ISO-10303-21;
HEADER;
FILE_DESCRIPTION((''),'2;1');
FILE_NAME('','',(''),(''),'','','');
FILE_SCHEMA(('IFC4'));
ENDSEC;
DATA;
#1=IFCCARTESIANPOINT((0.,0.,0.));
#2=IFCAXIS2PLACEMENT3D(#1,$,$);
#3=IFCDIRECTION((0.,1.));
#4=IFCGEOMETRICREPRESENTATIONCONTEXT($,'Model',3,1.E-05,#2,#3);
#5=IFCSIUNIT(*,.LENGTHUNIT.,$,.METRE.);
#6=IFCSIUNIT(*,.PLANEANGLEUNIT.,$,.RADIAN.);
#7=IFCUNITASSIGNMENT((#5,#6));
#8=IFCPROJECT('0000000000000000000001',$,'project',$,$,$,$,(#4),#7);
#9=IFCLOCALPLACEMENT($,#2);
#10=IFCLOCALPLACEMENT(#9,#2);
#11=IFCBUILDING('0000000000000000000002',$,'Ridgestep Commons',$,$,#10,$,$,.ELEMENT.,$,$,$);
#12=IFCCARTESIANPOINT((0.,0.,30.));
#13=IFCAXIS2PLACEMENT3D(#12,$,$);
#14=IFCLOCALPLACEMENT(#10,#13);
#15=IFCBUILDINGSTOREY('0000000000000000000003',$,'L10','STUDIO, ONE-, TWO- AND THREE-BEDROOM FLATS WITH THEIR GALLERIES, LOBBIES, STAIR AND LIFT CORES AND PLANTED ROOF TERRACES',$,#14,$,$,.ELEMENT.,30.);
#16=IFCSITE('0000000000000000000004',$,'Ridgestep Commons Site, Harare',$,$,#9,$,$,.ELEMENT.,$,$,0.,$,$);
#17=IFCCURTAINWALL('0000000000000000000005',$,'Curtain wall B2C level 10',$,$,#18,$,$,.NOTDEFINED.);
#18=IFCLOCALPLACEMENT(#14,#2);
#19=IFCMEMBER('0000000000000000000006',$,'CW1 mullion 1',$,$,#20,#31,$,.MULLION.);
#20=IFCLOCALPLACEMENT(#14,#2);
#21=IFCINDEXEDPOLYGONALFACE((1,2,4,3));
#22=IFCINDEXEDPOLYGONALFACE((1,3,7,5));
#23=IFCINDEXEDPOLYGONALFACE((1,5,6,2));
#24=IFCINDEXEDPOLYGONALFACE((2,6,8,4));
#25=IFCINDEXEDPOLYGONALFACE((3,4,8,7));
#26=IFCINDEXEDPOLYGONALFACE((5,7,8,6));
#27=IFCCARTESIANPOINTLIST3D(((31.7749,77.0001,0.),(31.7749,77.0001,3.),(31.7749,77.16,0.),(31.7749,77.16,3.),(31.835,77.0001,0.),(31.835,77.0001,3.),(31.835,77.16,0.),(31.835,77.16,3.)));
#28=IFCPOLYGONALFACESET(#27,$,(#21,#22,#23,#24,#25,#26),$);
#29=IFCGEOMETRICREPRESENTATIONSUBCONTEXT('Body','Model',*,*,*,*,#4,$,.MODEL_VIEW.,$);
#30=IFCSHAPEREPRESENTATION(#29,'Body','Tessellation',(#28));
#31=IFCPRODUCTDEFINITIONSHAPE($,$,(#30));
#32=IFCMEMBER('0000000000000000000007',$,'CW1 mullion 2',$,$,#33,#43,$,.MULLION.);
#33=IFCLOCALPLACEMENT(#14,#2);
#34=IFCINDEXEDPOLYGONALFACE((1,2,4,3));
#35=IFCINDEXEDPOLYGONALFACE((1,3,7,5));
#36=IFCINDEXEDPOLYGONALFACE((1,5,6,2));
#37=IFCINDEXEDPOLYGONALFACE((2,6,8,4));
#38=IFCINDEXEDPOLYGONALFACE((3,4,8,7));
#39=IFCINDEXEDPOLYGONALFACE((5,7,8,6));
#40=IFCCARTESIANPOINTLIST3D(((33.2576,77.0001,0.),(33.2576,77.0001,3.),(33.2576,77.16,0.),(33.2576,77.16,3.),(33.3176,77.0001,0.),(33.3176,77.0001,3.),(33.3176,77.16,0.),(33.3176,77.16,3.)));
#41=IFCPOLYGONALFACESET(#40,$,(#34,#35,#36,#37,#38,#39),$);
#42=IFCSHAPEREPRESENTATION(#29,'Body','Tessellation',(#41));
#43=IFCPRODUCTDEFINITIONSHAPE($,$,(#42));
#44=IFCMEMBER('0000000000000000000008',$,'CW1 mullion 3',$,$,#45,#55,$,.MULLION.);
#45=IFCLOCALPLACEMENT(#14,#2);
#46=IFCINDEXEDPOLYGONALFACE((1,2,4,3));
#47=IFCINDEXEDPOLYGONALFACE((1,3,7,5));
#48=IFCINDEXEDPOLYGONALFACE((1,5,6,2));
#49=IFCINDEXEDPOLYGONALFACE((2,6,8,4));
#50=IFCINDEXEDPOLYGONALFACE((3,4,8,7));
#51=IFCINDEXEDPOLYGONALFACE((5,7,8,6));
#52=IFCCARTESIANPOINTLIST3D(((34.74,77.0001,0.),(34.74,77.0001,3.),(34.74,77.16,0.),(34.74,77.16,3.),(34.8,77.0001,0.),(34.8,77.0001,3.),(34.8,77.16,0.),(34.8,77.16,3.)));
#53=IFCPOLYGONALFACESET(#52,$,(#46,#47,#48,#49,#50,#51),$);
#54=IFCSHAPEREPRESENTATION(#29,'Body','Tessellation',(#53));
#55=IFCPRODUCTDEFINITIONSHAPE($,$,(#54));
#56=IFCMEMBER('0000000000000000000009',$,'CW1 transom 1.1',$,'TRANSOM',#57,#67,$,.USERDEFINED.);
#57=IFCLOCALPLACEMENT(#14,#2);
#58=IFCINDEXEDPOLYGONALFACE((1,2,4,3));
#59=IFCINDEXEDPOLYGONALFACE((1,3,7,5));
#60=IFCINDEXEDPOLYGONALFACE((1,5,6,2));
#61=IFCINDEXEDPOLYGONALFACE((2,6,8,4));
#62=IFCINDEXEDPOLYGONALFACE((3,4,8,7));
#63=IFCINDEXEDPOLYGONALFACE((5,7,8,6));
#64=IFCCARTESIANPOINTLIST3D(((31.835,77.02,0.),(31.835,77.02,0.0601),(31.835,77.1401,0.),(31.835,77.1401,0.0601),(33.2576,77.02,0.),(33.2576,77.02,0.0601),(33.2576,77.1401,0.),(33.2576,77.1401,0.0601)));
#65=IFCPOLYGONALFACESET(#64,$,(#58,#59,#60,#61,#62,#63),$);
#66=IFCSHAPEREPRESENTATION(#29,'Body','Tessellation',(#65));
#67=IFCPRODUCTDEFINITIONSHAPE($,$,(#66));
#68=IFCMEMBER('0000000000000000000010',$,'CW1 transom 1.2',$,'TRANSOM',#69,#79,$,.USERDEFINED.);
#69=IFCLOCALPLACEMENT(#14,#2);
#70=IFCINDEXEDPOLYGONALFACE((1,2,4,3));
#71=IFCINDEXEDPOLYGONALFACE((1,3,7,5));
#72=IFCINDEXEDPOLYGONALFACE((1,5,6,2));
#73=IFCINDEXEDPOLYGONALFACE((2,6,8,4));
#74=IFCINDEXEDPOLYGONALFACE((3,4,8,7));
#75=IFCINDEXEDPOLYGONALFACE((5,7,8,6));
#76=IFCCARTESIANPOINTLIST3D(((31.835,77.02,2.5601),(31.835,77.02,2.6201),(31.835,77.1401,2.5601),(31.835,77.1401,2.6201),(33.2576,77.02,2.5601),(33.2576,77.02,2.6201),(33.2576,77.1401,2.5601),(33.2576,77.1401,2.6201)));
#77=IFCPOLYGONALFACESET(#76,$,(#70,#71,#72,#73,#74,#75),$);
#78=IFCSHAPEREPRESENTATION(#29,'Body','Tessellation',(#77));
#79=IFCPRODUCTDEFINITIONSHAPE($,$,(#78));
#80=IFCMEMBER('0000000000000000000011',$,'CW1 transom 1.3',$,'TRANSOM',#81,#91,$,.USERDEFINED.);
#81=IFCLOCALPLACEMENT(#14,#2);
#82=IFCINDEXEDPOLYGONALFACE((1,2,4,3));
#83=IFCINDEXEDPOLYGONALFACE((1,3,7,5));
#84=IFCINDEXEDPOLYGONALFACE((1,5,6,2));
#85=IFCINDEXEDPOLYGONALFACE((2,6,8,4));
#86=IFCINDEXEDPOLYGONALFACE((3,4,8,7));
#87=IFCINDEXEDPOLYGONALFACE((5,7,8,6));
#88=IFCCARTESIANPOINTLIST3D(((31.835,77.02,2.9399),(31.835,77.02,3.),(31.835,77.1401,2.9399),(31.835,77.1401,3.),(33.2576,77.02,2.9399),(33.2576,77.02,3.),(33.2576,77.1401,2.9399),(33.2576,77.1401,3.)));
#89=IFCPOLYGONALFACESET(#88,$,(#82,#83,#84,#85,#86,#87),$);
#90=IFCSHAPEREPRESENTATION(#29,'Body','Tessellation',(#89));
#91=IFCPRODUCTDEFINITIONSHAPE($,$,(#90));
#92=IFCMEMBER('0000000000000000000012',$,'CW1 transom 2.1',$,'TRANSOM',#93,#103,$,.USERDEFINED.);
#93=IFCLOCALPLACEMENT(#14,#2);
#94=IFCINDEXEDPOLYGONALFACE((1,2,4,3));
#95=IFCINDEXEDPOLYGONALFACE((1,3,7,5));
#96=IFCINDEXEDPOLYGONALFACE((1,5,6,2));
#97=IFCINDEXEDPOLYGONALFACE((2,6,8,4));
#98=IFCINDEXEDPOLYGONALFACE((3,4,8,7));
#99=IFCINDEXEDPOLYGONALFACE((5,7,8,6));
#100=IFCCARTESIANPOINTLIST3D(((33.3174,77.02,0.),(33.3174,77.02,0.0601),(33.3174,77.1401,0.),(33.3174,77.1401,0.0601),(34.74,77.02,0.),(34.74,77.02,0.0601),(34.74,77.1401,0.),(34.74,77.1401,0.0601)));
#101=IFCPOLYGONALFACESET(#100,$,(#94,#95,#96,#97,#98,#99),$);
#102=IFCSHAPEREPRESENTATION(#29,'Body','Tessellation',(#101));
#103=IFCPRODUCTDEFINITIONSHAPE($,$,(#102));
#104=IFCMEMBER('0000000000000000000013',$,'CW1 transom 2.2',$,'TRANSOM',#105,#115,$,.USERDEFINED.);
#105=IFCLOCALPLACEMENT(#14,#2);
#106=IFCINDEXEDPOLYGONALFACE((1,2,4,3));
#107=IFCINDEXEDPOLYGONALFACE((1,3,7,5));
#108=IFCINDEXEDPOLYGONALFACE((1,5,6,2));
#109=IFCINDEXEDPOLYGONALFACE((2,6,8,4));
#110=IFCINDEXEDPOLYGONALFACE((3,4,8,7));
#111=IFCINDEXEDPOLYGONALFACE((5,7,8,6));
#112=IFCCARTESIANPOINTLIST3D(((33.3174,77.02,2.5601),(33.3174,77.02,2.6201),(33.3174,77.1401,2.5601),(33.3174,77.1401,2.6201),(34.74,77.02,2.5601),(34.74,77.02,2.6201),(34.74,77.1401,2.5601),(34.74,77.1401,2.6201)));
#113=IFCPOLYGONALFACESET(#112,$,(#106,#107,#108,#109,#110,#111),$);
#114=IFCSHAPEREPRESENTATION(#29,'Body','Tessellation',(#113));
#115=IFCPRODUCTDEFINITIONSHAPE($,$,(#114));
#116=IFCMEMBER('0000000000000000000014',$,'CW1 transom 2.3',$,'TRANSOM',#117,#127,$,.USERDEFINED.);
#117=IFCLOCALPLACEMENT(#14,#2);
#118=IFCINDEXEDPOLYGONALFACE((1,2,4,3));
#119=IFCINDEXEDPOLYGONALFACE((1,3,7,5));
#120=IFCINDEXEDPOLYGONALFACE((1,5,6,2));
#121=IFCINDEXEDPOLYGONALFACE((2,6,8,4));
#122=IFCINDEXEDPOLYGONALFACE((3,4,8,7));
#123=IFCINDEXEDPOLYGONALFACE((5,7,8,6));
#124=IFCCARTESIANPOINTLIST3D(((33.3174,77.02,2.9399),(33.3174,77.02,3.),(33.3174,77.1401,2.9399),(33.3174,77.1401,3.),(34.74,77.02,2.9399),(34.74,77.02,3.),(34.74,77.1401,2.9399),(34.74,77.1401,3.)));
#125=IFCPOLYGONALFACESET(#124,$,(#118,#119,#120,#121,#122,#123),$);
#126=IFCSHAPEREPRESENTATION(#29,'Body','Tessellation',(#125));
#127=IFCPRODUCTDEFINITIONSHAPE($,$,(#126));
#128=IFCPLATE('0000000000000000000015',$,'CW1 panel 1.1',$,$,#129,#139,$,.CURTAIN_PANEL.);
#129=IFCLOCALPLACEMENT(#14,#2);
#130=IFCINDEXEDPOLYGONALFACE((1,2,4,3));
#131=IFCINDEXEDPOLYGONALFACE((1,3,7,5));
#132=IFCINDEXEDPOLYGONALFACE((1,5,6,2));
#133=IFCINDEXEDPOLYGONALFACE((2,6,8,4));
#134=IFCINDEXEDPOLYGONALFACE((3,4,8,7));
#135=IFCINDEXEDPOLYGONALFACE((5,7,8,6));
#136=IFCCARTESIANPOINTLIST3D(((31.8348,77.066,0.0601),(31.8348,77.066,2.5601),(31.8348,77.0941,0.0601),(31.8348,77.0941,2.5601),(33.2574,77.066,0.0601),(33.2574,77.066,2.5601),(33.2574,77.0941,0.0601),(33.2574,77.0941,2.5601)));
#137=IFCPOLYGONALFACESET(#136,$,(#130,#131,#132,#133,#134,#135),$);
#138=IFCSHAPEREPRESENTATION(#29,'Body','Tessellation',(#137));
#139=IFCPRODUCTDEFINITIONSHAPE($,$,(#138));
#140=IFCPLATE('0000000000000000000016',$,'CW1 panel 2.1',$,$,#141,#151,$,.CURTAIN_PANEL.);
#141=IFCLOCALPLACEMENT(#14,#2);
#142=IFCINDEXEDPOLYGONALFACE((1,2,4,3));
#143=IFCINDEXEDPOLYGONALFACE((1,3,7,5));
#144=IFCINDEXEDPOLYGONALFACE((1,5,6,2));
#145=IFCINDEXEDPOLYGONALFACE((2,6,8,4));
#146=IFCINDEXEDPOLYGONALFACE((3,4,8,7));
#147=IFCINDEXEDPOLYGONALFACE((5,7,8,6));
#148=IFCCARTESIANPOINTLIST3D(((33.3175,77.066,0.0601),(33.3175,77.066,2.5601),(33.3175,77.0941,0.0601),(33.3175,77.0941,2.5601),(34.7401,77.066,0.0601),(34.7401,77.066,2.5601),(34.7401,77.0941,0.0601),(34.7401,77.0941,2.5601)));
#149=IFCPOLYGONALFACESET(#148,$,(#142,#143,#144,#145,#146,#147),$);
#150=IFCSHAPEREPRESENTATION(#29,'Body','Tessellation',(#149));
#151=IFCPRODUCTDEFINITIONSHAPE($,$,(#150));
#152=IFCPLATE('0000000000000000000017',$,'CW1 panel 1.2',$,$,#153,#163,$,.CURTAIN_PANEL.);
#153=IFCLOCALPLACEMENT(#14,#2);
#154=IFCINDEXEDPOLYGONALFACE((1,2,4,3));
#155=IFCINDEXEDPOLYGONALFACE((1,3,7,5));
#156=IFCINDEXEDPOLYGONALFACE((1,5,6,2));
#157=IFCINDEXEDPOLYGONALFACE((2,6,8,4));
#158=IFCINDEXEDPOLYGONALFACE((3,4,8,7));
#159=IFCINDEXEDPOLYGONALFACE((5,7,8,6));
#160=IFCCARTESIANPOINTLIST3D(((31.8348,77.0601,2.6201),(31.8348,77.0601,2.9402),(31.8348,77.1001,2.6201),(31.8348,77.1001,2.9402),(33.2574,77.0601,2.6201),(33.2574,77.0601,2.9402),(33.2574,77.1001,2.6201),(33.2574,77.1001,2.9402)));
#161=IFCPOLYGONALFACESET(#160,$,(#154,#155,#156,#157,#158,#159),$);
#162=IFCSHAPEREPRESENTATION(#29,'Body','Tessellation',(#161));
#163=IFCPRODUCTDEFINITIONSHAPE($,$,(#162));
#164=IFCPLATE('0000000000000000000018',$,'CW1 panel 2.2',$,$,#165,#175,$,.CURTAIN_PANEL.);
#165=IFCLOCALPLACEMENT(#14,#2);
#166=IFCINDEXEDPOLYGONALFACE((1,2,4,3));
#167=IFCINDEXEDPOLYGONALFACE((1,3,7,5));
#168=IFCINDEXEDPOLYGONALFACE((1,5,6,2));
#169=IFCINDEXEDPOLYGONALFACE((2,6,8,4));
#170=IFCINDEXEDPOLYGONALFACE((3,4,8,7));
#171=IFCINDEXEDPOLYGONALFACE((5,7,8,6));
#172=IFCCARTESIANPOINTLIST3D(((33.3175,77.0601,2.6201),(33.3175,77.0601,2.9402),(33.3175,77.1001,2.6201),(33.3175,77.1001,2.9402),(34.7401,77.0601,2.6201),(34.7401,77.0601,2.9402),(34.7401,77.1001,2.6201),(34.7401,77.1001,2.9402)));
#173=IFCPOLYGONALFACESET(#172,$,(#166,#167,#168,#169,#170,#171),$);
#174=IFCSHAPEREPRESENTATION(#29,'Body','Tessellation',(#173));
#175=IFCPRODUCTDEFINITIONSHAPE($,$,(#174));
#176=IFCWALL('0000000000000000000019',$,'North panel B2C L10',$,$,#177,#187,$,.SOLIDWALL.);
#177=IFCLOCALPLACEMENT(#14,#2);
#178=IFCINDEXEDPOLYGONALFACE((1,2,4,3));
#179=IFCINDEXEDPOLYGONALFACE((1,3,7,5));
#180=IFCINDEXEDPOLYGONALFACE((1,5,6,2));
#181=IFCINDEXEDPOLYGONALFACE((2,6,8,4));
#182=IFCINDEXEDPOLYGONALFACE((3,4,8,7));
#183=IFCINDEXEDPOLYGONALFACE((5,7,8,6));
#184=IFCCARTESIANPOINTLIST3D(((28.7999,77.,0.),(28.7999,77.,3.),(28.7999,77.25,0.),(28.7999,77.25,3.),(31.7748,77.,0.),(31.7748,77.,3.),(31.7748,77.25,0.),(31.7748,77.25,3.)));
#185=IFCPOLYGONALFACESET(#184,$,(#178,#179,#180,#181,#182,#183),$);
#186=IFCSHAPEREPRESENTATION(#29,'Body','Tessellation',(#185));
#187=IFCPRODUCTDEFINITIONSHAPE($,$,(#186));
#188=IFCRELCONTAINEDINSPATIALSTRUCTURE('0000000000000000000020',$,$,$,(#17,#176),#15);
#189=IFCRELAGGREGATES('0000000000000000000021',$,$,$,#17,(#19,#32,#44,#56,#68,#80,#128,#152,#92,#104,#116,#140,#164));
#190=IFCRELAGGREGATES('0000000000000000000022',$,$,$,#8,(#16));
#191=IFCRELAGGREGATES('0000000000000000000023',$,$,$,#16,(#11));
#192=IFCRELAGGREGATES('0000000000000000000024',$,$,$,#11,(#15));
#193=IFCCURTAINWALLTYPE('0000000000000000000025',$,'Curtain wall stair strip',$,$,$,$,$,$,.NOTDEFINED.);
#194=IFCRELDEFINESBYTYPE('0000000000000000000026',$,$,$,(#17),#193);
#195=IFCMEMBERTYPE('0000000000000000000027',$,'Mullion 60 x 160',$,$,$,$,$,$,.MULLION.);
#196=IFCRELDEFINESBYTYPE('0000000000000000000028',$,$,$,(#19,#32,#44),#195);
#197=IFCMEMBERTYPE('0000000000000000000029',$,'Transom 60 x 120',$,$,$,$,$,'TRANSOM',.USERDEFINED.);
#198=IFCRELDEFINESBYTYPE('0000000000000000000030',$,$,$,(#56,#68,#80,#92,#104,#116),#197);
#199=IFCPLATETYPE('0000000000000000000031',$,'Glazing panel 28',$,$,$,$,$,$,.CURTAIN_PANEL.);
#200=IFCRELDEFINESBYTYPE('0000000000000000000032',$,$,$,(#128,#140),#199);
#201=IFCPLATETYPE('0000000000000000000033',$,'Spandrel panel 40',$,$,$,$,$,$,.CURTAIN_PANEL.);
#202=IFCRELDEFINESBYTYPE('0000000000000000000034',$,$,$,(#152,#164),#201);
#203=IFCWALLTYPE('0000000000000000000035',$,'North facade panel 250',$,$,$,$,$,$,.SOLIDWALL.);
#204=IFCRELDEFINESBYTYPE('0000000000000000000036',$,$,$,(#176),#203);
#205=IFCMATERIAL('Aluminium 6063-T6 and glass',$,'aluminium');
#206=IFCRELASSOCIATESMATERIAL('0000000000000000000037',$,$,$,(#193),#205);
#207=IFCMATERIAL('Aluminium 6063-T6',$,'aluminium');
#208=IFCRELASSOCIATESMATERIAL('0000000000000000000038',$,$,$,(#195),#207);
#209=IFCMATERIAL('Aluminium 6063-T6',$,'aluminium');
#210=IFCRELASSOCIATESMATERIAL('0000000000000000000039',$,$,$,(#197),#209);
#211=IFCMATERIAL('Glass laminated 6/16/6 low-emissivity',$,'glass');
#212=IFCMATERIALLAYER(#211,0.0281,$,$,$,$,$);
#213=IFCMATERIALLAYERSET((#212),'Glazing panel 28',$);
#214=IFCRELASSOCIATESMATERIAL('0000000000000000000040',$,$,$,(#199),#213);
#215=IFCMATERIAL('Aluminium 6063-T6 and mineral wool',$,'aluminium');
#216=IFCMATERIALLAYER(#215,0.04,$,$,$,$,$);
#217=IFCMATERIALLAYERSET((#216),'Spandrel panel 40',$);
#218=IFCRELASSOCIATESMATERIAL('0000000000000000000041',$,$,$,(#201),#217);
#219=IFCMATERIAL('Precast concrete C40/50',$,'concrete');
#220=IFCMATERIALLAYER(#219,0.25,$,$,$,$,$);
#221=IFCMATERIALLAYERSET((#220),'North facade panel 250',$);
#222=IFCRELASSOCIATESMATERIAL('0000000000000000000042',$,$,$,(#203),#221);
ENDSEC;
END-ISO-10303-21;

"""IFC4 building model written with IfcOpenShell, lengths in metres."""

from ifc_helpers import new_model, si_unit, direction, frame, frame_2d, origin, origin_2d, place, context, subcontext, project, spatial, rectangle, extrude, material, layer, layer_set, material_profile, profile_set, type_object, element, aggregate, save


model = new_model("IFC4")

# Units and contexts
model_context = context("Model", 3, precision=1e-05, world=origin(), true_north=direction((0.0, 1.0)))
body_context = subcontext(model_context, "Body", "Model", "MODEL_VIEW")
ifc_project = project(units=[si_unit("LENGTHUNIT", "METRE"), si_unit("PLANEANGLEUNIT", "RADIAN")], contexts=[model_context])

# Site, building, storey
site_placement = place(None, origin())
site = spatial("IfcSite", under=ifc_project, at=site_placement, Name="Ridgestep Commons Site, Harare", CompositionType="ELEMENT", RefElevation=0.0)
building_placement = place(site_placement, origin())
building = spatial("IfcBuilding", under=site, at=building_placement, Name="Ridgestep Commons", CompositionType="ELEMENT")
storey_placement = place(building_placement, frame((0.0, 0.0, 30.0)))
storey = spatial("IfcBuildingStorey", under=building, at=storey_placement, Name="L10", Description="STUDIO, ONE-, TWO- AND THREE-BEDROOM FLATS WITH THEIR GALLERIES, LOBBIES, STAIR AND LIFT CORES AND PLANTED ROOF TERRACES", CompositionType="ELEMENT", Elevation=30.0)

# Curtain wall, members, plates
ifc_material_1 = material(Name="Aluminium 6063-T6 and glass", Category="aluminium")
curtain_wall_type = type_object("IfcCurtainWallType", Name="Curtain wall stair strip", PredefinedType="NOTDEFINED", material=ifc_material_1)
curtain_wall_placement = place(storey_placement, origin())
curtain_wall = element("IfcCurtainWall", 1, at=curtain_wall_placement, inside=storey, type_object=curtain_wall_type, Name="Curtain wall B2C level 10", PredefinedType="NOTDEFINED")
ifc_material_2 = material(Name="Aluminium 6063-T6", Category="aluminium")
ifc_material_profile_1 = material_profile(ifc_material_2, rectangle(XDim=0.1599, YDim=0.0601, at=origin_2d()), Name="Mullion 60 x 160")
ifc_profile_set_1 = profile_set([ifc_material_profile_1], Name="Aluminium 6063-T6")
member_type_1 = type_object("IfcMemberType", Name="Mullion 60 x 160", PredefinedType="MULLION", material=ifc_profile_set_1)
member_1_placement = place(storey_placement, frame((31.8049, 77.0801, 0.0), z_axis=(0.0, 0.0, 1.0), x_axis=(0.0, 1.0, 0.0)))
member_1 = element("IfcMember", 2, at=member_1_placement, type_object=member_type_1, Name="CW1 mullion 1", PredefinedType="MULLION", context=body_context, shape_type="SweptSolid", body=[
    extrude(rectangle(XDim=0.1599, YDim=0.0601, at=origin_2d()), origin(), (0.0, 0.0, 1.0), 3.0),
])
member_2_placement = place(storey_placement, frame((33.2876, 77.0801, 0.0), z_axis=(0.0, 0.0, 1.0), x_axis=(0.0, 1.0, 0.0)))
member_2 = element("IfcMember", 3, at=member_2_placement, type_object=member_type_1, Name="CW1 mullion 2", PredefinedType="MULLION", context=body_context, shape_type="SweptSolid", body=[
    extrude(rectangle(XDim=0.1599, YDim=0.0601, at=origin_2d()), origin(), (0.0, 0.0, 1.0), 3.0),
])
member_3_placement = place(storey_placement, frame((34.77, 77.0801, 0.0), z_axis=(0.0, 0.0, 1.0), x_axis=(0.0, 1.0, 0.0)))
member_3 = element("IfcMember", 4, at=member_3_placement, type_object=member_type_1, Name="CW1 mullion 3", PredefinedType="MULLION", context=body_context, shape_type="SweptSolid", body=[
    extrude(rectangle(XDim=0.1599, YDim=0.0601, at=origin_2d()), origin(), (0.0, 0.0, 1.0), 3.0),
])
ifc_material_3 = material(Name="Aluminium 6063-T6", Category="aluminium")
ifc_material_profile_2 = material_profile(ifc_material_3, rectangle(XDim=0.1201, YDim=0.0601, at=origin_2d()), Name="Transom 60 x 120")
ifc_profile_set_2 = profile_set([ifc_material_profile_2], Name="Aluminium 6063-T6")
member_type_2 = type_object("IfcMemberType", Name="Transom 60 x 120", ElementType="TRANSOM", PredefinedType="USERDEFINED", material=ifc_profile_set_2)
member_4_placement = place(storey_placement, frame((31.835, 77.0801, 0.03), z_axis=(1.0, 0.0, 0.0), x_axis=(0.0, 1.0, 0.0)))
member_4 = element("IfcMember", 5, at=member_4_placement, type_object=member_type_2, Name="CW1 transom 1.1", ObjectType="TRANSOM", PredefinedType="USERDEFINED", context=body_context, shape_type="SweptSolid", body=[
    extrude(rectangle(XDim=0.1201, YDim=0.0601, at=origin_2d()), origin(), (0.0, 0.0, 1.0), 1.4226),
])
member_5_placement = place(storey_placement, frame((31.835, 77.0801, 2.5901), z_axis=(1.0, 0.0, 0.0), x_axis=(0.0, 1.0, 0.0)))
member_5 = element("IfcMember", 6, at=member_5_placement, type_object=member_type_2, Name="CW1 transom 1.2", ObjectType="TRANSOM", PredefinedType="USERDEFINED", context=body_context, shape_type="SweptSolid", body=[
    extrude(rectangle(XDim=0.1201, YDim=0.0601, at=origin_2d()), origin(), (0.0, 0.0, 1.0), 1.4226),
])
member_6_placement = place(storey_placement, frame((31.835, 77.0801, 2.97), z_axis=(1.0, 0.0, 0.0), x_axis=(0.0, 1.0, 0.0)))
member_6 = element("IfcMember", 7, at=member_6_placement, type_object=member_type_2, Name="CW1 transom 1.3", ObjectType="TRANSOM", PredefinedType="USERDEFINED", context=body_context, shape_type="SweptSolid", body=[
    extrude(rectangle(XDim=0.1201, YDim=0.0601, at=origin_2d()), origin(), (0.0, 0.0, 1.0), 1.4226),
])
member_7_placement = place(storey_placement, frame((33.3174, 77.0801, 0.03), z_axis=(1.0, 0.0, 0.0), x_axis=(0.0, 1.0, 0.0)))
member_7 = element("IfcMember", 8, at=member_7_placement, type_object=member_type_2, Name="CW1 transom 2.1", ObjectType="TRANSOM", PredefinedType="USERDEFINED", context=body_context, shape_type="SweptSolid", body=[
    extrude(rectangle(XDim=0.1201, YDim=0.0601, at=origin_2d()), origin(), (0.0, 0.0, 1.0), 1.4226),
])
member_8_placement = place(storey_placement, frame((33.3174, 77.0801, 2.5901), z_axis=(1.0, 0.0, 0.0), x_axis=(0.0, 1.0, 0.0)))
member_8 = element("IfcMember", 9, at=member_8_placement, type_object=member_type_2, Name="CW1 transom 2.2", ObjectType="TRANSOM", PredefinedType="USERDEFINED", context=body_context, shape_type="SweptSolid", body=[
    extrude(rectangle(XDim=0.1201, YDim=0.0601, at=origin_2d()), origin(), (0.0, 0.0, 1.0), 1.4226),
])
member_9_placement = place(storey_placement, frame((33.3174, 77.0801, 2.97), z_axis=(1.0, 0.0, 0.0), x_axis=(0.0, 1.0, 0.0)))
member_9 = element("IfcMember", 10, at=member_9_placement, type_object=member_type_2, Name="CW1 transom 2.3", ObjectType="TRANSOM", PredefinedType="USERDEFINED", context=body_context, shape_type="SweptSolid", body=[
    extrude(rectangle(XDim=0.1201, YDim=0.0601, at=origin_2d()), origin(), (0.0, 0.0, 1.0), 1.4226),
])
ifc_material_4 = material(Name="Glass laminated 6/16/6 low-emissivity", Category="glass")
ifc_layer_1 = layer(ifc_material_4, 0.0281)
ifc_layer_set_1 = layer_set([ifc_layer_1], Name="Glazing panel 28")
plate_type_1 = type_object("IfcPlateType", Name="Glazing panel 28", PredefinedType="CURTAIN_PANEL", material=ifc_layer_set_1)
plate_1_placement = place(storey_placement, frame((32.5461, 77.0801, 0.0601), z_axis=(0.0, 0.0, 1.0), x_axis=(1.0, 0.0, 0.0)))
plate_1 = element("IfcPlate", 11, at=plate_1_placement, type_object=plate_type_1, Name="CW1 panel 1.1", PredefinedType="CURTAIN_PANEL", context=body_context, shape_type="SweptSolid", body=[
    extrude(rectangle(XDim=1.4226, YDim=0.0281, at=origin_2d()), origin(), (0.0, 0.0, 1.0), 2.5),
])
plate_2_placement = place(storey_placement, frame((34.0288, 77.0801, 0.0601), z_axis=(0.0, 0.0, 1.0), x_axis=(1.0, 0.0, 0.0)))
plate_2 = element("IfcPlate", 12, at=plate_2_placement, type_object=plate_type_1, Name="CW1 panel 2.1", PredefinedType="CURTAIN_PANEL", context=body_context, shape_type="SweptSolid", body=[
    extrude(rectangle(XDim=1.4226, YDim=0.0281, at=origin_2d()), origin(), (0.0, 0.0, 1.0), 2.5),
])
ifc_material_5 = material(Name="Aluminium 6063-T6 and mineral wool", Category="aluminium")
ifc_layer_2 = layer(ifc_material_5, 0.04)
ifc_layer_set_2 = layer_set([ifc_layer_2], Name="Spandrel panel 40")
plate_type_2 = type_object("IfcPlateType", Name="Spandrel panel 40", PredefinedType="CURTAIN_PANEL", material=ifc_layer_set_2)
plate_3_placement = place(storey_placement, frame((32.5461, 77.0801, 2.6201), z_axis=(0.0, 0.0, 1.0), x_axis=(1.0, 0.0, 0.0)))
plate_3 = element("IfcPlate", 13, at=plate_3_placement, type_object=plate_type_2, Name="CW1 panel 1.2", PredefinedType="CURTAIN_PANEL", context=body_context, shape_type="SweptSolid", body=[
    extrude(rectangle(XDim=1.4226, YDim=0.04, at=origin_2d()), origin(), (0.0, 0.0, 1.0), 0.3201),
])
plate_4_placement = place(storey_placement, frame((34.0288, 77.0801, 2.6201), z_axis=(0.0, 0.0, 1.0), x_axis=(1.0, 0.0, 0.0)))
plate_4 = element("IfcPlate", 14, at=plate_4_placement, type_object=plate_type_2, Name="CW1 panel 2.2", PredefinedType="CURTAIN_PANEL", context=body_context, shape_type="SweptSolid", body=[
    extrude(rectangle(XDim=1.4226, YDim=0.04, at=origin_2d()), origin(), (0.0, 0.0, 1.0), 0.3201),
])
aggregate(curtain_wall, [member_1, member_2, member_3, member_4, member_5, member_6, plate_1, plate_3, member_7, member_8, member_9, plate_2, plate_4])

# Wall
ifc_material_6 = material(Name="Precast concrete C40/50", Category="concrete")
ifc_layer_3 = layer(ifc_material_6, 0.25)
ifc_layer_set_3 = layer_set([ifc_layer_3], Name="North facade panel 250")
wall_type = type_object("IfcWallType", Name="North facade panel 250", PredefinedType="SOLIDWALL", material=ifc_layer_set_3)
wall_placement = place(storey_placement, frame((28.8, 77.125, 0.0), z_axis=(0.0, 0.0, 1.0), x_axis=(1.0, 0.0, 0.0)))
element("IfcWall", 15, at=wall_placement, inside=storey, type_object=wall_type, Name="North panel B2C L10", PredefinedType="SOLIDWALL", context=body_context, shape_type="SweptSolid", body=[
    extrude(rectangle(XDim=2.9749, YDim=0.25, at=frame_2d((1.4873, 0.0))), origin(), (0.0, 0.0, 1.0), 3.0),
])

save(model, "model.ifc")
